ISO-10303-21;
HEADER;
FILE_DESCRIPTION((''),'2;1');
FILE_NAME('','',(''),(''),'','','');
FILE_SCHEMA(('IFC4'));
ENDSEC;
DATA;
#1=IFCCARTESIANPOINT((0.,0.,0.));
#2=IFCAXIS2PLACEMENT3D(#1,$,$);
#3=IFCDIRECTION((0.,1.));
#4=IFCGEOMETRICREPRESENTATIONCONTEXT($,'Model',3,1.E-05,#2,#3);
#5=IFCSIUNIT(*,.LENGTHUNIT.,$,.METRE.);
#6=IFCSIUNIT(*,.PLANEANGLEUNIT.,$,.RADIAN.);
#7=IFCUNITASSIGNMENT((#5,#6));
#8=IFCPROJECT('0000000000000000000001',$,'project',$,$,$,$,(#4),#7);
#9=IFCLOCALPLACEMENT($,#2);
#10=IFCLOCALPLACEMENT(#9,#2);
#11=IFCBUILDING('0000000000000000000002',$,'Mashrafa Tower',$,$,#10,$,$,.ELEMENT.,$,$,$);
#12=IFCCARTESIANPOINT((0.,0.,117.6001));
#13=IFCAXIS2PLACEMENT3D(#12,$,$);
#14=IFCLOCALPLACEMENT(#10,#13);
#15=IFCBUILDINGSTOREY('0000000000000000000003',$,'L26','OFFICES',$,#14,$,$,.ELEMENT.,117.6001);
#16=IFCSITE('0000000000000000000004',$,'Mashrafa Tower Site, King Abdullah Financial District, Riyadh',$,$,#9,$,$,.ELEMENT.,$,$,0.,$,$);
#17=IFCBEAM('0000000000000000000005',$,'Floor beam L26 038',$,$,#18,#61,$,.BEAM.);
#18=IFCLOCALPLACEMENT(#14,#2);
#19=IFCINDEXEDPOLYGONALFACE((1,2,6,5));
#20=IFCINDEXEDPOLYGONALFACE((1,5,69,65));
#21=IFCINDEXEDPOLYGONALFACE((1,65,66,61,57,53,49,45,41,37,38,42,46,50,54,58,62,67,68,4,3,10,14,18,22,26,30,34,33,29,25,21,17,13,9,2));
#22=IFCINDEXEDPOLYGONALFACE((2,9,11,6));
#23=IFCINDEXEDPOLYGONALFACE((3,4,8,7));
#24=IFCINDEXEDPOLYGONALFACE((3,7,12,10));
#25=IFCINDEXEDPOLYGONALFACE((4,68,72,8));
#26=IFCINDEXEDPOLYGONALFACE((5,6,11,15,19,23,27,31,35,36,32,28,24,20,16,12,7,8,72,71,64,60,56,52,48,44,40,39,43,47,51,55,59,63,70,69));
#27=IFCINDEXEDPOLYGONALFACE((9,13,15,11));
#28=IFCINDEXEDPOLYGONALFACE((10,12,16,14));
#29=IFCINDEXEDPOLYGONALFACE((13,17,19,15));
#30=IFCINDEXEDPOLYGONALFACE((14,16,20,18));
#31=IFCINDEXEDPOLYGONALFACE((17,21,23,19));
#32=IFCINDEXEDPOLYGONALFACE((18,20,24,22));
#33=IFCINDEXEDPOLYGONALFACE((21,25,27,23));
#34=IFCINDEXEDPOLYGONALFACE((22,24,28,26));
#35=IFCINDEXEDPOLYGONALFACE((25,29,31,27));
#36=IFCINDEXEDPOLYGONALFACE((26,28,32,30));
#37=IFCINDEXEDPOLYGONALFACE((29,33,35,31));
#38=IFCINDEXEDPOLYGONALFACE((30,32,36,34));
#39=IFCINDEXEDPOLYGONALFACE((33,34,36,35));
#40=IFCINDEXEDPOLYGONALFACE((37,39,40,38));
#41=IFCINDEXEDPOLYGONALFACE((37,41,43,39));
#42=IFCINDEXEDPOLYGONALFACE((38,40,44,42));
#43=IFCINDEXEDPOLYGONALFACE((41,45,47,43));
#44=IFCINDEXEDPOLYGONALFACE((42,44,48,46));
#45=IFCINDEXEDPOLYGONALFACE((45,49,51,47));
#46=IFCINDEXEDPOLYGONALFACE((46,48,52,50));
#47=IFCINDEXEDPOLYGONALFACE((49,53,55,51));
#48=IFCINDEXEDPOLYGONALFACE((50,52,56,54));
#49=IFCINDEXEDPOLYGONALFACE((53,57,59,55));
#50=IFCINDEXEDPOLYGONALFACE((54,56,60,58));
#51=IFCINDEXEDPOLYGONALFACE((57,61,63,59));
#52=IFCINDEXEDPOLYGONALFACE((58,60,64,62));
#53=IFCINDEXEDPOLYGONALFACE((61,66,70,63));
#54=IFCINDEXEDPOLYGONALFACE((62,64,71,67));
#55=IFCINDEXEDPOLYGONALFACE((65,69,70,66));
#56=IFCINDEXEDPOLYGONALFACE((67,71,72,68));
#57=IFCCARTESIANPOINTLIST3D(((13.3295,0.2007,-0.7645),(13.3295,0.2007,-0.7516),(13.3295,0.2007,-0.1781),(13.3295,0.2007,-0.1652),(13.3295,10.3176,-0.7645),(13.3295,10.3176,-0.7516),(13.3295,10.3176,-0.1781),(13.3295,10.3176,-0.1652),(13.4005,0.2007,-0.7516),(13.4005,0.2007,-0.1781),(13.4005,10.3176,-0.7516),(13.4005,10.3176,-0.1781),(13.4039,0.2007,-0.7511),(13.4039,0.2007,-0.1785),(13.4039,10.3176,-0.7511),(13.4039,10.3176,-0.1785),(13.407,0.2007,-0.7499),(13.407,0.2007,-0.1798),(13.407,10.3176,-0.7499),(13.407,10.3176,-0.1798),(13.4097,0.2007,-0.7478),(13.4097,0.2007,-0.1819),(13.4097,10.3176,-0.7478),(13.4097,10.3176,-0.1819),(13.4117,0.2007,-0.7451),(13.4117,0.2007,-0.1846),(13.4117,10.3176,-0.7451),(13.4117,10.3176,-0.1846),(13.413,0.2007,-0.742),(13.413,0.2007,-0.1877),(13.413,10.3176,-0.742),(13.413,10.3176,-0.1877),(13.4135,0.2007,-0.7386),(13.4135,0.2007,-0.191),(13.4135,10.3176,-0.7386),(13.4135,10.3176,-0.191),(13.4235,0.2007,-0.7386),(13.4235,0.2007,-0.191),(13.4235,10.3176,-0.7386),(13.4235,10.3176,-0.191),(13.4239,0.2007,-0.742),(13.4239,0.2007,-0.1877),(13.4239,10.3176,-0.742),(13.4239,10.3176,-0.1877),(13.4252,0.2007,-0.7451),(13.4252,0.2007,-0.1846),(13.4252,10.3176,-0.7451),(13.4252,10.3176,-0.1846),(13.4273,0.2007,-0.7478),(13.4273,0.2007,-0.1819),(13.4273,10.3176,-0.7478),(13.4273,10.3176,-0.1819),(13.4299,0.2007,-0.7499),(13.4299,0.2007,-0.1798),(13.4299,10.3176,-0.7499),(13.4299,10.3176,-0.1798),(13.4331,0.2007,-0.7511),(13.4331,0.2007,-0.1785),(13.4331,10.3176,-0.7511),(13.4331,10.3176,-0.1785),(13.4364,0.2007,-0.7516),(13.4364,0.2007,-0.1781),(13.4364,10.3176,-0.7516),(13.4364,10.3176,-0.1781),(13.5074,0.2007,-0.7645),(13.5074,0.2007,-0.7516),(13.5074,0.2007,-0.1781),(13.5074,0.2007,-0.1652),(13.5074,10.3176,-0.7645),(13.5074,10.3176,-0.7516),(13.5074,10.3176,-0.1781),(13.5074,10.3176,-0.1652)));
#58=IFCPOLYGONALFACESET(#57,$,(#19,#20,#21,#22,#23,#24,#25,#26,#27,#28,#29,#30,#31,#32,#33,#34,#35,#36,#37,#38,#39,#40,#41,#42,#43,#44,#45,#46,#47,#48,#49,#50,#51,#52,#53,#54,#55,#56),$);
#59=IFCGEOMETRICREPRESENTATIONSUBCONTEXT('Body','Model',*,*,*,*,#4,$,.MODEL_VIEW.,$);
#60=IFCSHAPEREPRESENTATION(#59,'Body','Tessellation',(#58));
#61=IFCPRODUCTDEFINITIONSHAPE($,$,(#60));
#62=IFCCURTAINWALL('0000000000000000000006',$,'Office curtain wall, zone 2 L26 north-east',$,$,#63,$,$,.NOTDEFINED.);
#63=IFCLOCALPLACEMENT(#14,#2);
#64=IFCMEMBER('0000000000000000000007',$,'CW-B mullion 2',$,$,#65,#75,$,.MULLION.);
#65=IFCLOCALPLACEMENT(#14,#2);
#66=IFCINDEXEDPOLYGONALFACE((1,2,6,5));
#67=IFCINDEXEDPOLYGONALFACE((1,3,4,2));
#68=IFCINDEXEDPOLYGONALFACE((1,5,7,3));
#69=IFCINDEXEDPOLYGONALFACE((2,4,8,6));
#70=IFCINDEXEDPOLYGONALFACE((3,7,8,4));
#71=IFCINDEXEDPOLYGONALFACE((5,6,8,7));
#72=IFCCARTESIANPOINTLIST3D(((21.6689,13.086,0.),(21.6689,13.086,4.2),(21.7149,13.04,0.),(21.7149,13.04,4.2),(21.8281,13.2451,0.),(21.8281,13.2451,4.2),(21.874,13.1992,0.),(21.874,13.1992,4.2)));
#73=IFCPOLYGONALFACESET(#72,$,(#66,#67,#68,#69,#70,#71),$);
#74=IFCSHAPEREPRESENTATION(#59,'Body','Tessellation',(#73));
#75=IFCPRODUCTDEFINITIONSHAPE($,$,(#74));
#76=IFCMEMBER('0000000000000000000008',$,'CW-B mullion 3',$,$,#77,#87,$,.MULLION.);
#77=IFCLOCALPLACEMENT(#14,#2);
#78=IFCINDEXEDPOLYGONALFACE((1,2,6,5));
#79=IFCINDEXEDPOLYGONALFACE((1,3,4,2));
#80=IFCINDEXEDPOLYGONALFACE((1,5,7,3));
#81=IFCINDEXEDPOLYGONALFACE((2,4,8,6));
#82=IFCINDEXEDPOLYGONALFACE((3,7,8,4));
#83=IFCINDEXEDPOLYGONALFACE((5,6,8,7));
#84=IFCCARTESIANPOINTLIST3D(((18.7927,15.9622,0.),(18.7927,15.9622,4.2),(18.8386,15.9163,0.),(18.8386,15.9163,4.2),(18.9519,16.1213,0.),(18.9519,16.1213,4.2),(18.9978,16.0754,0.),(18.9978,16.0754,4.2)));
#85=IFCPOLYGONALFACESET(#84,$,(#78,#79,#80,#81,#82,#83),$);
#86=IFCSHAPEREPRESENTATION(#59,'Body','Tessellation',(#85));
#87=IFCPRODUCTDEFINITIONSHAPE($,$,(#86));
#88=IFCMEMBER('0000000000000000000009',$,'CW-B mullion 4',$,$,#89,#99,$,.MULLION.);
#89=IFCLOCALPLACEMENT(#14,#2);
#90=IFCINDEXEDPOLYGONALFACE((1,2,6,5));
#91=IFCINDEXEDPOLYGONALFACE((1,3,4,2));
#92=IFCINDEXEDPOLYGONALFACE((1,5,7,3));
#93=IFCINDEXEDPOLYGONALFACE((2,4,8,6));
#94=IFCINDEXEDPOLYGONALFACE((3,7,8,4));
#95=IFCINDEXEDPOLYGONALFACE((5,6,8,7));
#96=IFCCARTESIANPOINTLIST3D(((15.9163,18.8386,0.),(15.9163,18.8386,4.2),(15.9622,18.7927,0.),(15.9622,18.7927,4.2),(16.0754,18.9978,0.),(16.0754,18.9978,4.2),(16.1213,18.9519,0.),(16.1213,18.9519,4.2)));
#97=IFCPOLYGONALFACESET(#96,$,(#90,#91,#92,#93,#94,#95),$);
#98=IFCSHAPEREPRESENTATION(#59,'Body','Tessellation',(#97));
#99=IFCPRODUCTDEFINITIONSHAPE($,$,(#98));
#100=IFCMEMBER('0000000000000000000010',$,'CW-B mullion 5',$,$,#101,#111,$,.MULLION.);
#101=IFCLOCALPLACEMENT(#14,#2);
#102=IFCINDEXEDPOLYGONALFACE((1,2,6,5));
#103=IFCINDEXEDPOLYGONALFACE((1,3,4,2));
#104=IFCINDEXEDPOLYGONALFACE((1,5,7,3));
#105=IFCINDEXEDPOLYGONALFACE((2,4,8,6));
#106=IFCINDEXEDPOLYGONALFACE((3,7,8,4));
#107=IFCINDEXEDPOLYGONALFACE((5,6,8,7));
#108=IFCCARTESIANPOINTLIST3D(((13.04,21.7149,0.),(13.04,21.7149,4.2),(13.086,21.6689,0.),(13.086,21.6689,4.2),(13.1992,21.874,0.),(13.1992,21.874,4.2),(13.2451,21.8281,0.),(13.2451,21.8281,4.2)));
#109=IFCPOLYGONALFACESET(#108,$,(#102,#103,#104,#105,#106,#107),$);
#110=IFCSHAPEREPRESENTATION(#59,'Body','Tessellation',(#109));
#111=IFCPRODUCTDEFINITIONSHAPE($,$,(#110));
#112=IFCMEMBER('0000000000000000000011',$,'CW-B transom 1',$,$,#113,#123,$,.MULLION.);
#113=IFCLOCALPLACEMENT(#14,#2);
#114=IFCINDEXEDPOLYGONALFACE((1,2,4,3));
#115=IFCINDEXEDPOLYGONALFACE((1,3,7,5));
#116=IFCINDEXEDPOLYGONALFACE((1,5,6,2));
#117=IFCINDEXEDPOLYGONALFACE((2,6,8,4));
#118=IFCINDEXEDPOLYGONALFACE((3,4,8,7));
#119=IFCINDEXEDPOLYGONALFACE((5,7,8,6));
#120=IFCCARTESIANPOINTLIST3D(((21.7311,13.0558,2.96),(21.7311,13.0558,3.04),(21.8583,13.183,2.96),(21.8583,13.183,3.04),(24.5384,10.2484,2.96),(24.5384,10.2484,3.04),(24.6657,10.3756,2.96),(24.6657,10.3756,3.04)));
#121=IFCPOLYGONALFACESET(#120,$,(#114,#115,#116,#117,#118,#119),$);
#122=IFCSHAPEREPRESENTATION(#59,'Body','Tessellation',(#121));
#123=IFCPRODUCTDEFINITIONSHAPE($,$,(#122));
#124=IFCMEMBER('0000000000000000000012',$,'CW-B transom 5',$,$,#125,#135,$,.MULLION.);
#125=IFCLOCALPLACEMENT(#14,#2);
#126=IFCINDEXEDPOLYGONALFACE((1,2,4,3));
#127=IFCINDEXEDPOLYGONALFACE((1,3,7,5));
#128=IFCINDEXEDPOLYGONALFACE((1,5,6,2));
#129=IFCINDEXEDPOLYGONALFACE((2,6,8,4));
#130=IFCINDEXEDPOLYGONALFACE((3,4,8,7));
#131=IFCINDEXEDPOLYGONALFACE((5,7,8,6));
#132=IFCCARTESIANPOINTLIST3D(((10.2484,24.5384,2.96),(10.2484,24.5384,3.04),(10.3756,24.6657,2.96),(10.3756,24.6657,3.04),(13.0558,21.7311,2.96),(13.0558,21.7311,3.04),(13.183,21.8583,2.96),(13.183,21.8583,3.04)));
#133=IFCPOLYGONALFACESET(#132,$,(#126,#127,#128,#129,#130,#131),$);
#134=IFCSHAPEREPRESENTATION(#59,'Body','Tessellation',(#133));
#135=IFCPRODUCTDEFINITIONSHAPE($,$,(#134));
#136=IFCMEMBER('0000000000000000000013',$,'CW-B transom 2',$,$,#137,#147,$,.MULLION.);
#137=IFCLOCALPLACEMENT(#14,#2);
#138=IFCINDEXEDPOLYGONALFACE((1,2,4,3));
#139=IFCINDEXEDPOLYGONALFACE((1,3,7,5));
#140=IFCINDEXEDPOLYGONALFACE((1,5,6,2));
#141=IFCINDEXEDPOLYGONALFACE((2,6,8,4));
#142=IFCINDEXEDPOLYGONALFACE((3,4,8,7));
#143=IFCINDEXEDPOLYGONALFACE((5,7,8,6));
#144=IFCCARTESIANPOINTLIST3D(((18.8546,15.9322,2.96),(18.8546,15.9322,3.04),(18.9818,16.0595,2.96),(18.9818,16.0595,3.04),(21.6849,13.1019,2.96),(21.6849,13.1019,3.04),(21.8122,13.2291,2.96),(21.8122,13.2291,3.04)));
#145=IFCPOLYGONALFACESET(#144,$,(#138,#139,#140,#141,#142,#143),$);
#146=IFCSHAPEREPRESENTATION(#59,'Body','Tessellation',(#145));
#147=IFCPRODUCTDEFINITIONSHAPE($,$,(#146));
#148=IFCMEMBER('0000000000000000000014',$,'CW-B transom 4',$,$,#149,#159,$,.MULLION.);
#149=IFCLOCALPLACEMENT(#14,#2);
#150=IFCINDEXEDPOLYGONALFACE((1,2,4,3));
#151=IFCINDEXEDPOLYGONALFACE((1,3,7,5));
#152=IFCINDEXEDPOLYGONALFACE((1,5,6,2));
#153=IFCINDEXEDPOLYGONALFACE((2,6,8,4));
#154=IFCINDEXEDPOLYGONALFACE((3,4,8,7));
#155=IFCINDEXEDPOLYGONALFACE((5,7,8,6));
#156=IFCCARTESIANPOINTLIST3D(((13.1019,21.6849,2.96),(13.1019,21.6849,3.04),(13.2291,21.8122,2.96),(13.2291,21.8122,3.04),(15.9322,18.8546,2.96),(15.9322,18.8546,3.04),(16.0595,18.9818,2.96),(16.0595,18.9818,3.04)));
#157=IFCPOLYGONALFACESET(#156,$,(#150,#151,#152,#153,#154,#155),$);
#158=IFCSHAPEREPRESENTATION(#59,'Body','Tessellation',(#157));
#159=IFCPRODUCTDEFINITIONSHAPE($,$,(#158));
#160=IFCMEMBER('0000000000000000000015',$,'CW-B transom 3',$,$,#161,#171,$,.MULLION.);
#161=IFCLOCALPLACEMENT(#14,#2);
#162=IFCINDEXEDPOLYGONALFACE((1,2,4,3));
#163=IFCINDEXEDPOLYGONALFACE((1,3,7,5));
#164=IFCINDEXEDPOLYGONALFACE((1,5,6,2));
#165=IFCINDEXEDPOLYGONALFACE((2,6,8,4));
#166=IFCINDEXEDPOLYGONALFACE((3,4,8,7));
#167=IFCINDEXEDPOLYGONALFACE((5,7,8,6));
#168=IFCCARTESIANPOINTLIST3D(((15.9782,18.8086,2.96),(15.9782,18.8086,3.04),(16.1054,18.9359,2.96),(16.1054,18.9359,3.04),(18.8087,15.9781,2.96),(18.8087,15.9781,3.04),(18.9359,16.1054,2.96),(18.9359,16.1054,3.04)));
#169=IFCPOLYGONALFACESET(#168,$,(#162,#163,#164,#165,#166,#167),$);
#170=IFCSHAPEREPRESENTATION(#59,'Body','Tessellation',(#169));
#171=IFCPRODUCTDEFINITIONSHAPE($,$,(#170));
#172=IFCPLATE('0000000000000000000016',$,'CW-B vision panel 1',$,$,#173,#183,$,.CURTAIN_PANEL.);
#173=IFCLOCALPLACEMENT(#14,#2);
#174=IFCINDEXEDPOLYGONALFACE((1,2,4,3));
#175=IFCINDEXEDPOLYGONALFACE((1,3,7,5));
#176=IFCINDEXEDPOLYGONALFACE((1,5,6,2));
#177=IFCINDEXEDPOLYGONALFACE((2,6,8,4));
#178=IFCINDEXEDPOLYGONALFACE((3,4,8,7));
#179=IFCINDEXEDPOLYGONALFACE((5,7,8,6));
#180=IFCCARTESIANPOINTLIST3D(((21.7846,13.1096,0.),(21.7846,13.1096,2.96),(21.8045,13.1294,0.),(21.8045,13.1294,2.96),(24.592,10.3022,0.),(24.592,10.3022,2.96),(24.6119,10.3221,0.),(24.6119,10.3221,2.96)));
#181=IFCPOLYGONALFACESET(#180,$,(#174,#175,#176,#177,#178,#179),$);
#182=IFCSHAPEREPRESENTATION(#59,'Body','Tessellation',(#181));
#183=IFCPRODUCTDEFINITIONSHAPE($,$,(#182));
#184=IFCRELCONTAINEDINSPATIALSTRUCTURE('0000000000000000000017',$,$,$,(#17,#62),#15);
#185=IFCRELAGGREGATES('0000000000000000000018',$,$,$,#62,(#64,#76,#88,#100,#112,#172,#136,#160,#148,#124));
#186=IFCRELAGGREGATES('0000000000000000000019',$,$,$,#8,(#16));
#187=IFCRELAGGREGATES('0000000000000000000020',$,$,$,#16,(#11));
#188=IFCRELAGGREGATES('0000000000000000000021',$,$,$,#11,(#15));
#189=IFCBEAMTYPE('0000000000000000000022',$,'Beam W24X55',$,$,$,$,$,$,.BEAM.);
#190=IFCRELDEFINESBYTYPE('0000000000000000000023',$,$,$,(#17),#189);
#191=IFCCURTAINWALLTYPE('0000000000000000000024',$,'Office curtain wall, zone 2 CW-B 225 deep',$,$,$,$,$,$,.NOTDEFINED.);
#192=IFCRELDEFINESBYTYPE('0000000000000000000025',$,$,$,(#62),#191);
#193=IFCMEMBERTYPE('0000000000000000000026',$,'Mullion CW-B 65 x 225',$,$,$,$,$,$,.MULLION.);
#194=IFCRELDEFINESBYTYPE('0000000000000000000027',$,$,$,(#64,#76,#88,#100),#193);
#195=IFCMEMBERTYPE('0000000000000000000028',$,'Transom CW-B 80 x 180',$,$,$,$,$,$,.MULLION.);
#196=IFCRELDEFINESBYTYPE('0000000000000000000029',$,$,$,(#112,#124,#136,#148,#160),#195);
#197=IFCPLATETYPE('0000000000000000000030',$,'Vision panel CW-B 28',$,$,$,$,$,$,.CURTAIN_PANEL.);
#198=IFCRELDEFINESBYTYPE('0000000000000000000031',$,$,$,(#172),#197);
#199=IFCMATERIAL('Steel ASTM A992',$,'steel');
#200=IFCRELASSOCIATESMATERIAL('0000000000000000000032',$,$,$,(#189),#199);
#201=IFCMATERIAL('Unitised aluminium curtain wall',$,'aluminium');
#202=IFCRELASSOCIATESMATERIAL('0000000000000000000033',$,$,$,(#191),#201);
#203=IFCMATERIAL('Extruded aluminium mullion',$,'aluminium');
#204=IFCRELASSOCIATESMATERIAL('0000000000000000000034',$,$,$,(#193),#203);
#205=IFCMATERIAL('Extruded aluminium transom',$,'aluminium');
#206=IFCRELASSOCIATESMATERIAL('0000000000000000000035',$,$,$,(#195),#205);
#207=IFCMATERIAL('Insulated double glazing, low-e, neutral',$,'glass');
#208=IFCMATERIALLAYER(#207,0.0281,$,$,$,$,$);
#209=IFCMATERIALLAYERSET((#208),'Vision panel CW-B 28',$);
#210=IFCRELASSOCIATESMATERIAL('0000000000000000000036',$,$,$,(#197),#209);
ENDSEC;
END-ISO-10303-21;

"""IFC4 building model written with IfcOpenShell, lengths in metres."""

from ifc_helpers import new_model, si_unit, direction, frame, origin, origin_2d, place, context, subcontext, project, spatial, rectangle, i_section, extrude, source, transform, mapped, material, layer, layer_set, material_profile, profile_set, type_object, type_shapes, element, aggregate, save


model = new_model("IFC4")

# Units and contexts
model_context = context("Model", 3, precision=1e-05, world=origin(), true_north=direction((0.0, 1.0)))
body_context = subcontext(model_context, "Body", "Model", "MODEL_VIEW")
ifc_project = project(units=[si_unit("LENGTHUNIT", "METRE"), si_unit("PLANEANGLEUNIT", "RADIAN")], contexts=[model_context])

# Site, building, storey
site_placement = place(None, origin())
site = spatial("IfcSite", under=ifc_project, at=site_placement, Name="Mashrafa Tower Site, King Abdullah Financial District, Riyadh", CompositionType="ELEMENT", RefElevation=0.0)
building_placement = place(site_placement, origin())
building = spatial("IfcBuilding", under=site, at=building_placement, Name="Mashrafa Tower", CompositionType="ELEMENT")
storey_placement = place(building_placement, frame((0.0, 0.0, 117.6001)))
storey = spatial("IfcBuildingStorey", under=building, at=storey_placement, Name="L26", Description="OFFICES", CompositionType="ELEMENT", Elevation=117.6001)

# Beam
ifc_material_1 = material(Name="Steel ASTM A992", Category="steel")
ifc_material_profile_1 = material_profile(ifc_material_1, i_section(OverallWidth=0.178, OverallDepth=0.5994, WebThickness=0.01, FlangeThickness=0.0129, FilletRadius=0.0129, at=origin_2d()), Name="W24X55")
ifc_profile_set_1 = profile_set([ifc_material_profile_1], Name="Steel ASTM A992")
beam_type_1 = type_object("IfcBeamType", Name="Beam W24X55", PredefinedType="BEAM", material=ifc_profile_set_1)
beam_1_placement = place(storey_placement, frame((13.4185, 10.3176, -0.4648), z_axis=(0.0, -1.0, 0.0), x_axis=(1.0, 0.0, 0.0)))
element("IfcBeam", 1, at=beam_1_placement, inside=storey, type_object=beam_type_1, Name="Floor beam L26 038", PredefinedType="BEAM", context=body_context, shape_type="SweptSolid", body=[
    extrude(i_section(OverallWidth=0.178, OverallDepth=0.5994, WebThickness=0.01, FlangeThickness=0.0129, FilletRadius=0.0129, at=origin_2d()), origin(), (0.0, 0.0, 1.0), 10.1169),
])

# Curtain wall, members, plate
ifc_material_2 = material(Name="Unitised aluminium curtain wall", Category="aluminium")
curtain_wall_type = type_object("IfcCurtainWallType", Name="Office curtain wall, zone 2 CW-B 225 deep", PredefinedType="NOTDEFINED", material=ifc_material_2)
curtain_wall_placement = place(storey_placement, origin())
curtain_wall = element("IfcCurtainWall", 2, at=curtain_wall_placement, inside=storey, type_object=curtain_wall_type, Name="Office curtain wall, zone 2 L26 north-east", PredefinedType="NOTDEFINED")
ifc_material_3 = material(Name="Extruded aluminium mullion", Category="aluminium")
ifc_material_profile_2 = material_profile(ifc_material_3, rectangle(XDim=0.2251, YDim=0.0649, at=origin_2d()), Name="Mullion 65x225")
ifc_profile_set_2 = profile_set([ifc_material_profile_2], Name="Extruded aluminium mullion")
member_type_1 = type_object("IfcMemberType", Name="Mullion CW-B 65 x 225", PredefinedType="MULLION", material=ifc_profile_set_2)
shared_shape_1 = source(origin(), body_context, "Body", "SweptSolid", [
    extrude(rectangle(XDim=0.2251, YDim=0.0649, at=origin_2d()), origin(), (0.0, 0.0, 1.0), 4.2),
])
type_shapes(member_type_1, [shared_shape_1])
member_1_placement = place(storey_placement, frame((21.7715, 13.1426, 0.0), z_axis=(0.0, 0.0, 1.0), x_axis=(-0.707107, -0.707107, 0.0)))
member_1 = element("IfcMember", 3, at=member_1_placement, type_object=member_type_1, Name="CW-B mullion 2", PredefinedType="MULLION", context=body_context, shape_type="MappedRepresentation", body=[
    mapped(shared_shape_1, transform((0.0, 0.0, 0.0))),
])
member_2_placement = place(storey_placement, frame((18.8953, 16.0188, 0.0), z_axis=(0.0, 0.0, 1.0), x_axis=(-0.707107, -0.707107, 0.0)))
member_2 = element("IfcMember", 4, at=member_2_placement, type_object=member_type_1, Name="CW-B mullion 3", PredefinedType="MULLION", context=body_context, shape_type="MappedRepresentation", body=[
    mapped(shared_shape_1, transform((0.0, 0.0, 0.0))),
])
member_3_placement = place(storey_placement, frame((16.0188, 18.8953, 0.0), z_axis=(0.0, 0.0, 1.0), x_axis=(-0.707107, -0.707107, 0.0)))
member_3 = element("IfcMember", 5, at=member_3_placement, type_object=member_type_1, Name="CW-B mullion 4", PredefinedType="MULLION", context=body_context, shape_type="MappedRepresentation", body=[
    mapped(shared_shape_1, transform((0.0, 0.0, 0.0))),
])
member_4_placement = place(storey_placement, frame((13.1426, 21.7715, 0.0), z_axis=(0.0, 0.0, 1.0), x_axis=(-0.707107, -0.707107, 0.0)))
member_4 = element("IfcMember", 6, at=member_4_placement, type_object=member_type_1, Name="CW-B mullion 5", PredefinedType="MULLION", context=body_context, shape_type="MappedRepresentation", body=[
    mapped(shared_shape_1, transform((0.0, 0.0, 0.0))),
])
ifc_material_4 = material(Name="Extruded aluminium transom", Category="aluminium")
ifc_material_profile_3 = material_profile(ifc_material_4, rectangle(XDim=0.1799, YDim=0.0801, at=origin_2d()), Name="Transom 80x180")
ifc_profile_set_3 = profile_set([ifc_material_profile_3], Name="Extruded aluminium transom")
member_type_2 = type_object("IfcMemberType", Name="Transom CW-B 80 x 180", PredefinedType="MULLION", material=ifc_profile_set_3)
shared_shape_2 = source(origin(), body_context, "Body", "SweptSolid", [
    extrude(rectangle(XDim=0.1799, YDim=0.0801, at=origin_2d()), origin(), (0.0, 0.0, 1.0), 3.9702),
])
member_5_placement = place(storey_placement, frame((24.6021, 10.312, 3.0), z_axis=(-0.707107, 0.707107, 0.0), x_axis=(-0.707107, -0.707107, 0.0)))
member_5 = element("IfcMember", 7, at=member_5_placement, type_object=member_type_2, Name="CW-B transom 1", PredefinedType="MULLION", context=body_context, shape_type="MappedRepresentation", body=[
    mapped(shared_shape_2, transform((0.0, 0.0, 0.0))),
])
member_6_placement = place(storey_placement, frame((13.1194, 21.7947, 3.0), z_axis=(-0.707107, 0.707107, 0.0), x_axis=(-0.707107, -0.707107, 0.0)))
member_6 = element("IfcMember", 8, at=member_6_placement, type_object=member_type_2, Name="CW-B transom 5", PredefinedType="MULLION", context=body_context, shape_type="MappedRepresentation", body=[
    mapped(shared_shape_2, transform((0.0, 0.0, 0.0))),
])
shared_shape_3 = source(origin(), body_context, "Body", "SweptSolid", [
    extrude(rectangle(XDim=0.1799, YDim=0.0801, at=origin_2d()), origin(), (0.0, 0.0, 1.0), 4.0027),
])
member_7_placement = place(storey_placement, frame((21.7485, 13.1655, 3.0), z_axis=(-0.707107, 0.707107, 0.0), x_axis=(-0.707107, -0.707107, 0.0)))
member_7 = element("IfcMember", 9, at=member_7_placement, type_object=member_type_2, Name="CW-B transom 2", PredefinedType="MULLION", context=body_context, shape_type="MappedRepresentation", body=[
    mapped(shared_shape_3, transform((0.0, 0.0, 0.0))),
])
member_8_placement = place(storey_placement, frame((15.9958, 18.9182, 3.0), z_axis=(-0.707107, 0.707107, 0.0), x_axis=(-0.707107, -0.707107, 0.0)))
member_8 = element("IfcMember", 10, at=member_8_placement, type_object=member_type_2, Name="CW-B transom 4", PredefinedType="MULLION", context=body_context, shape_type="MappedRepresentation", body=[
    mapped(shared_shape_3, transform((0.0, 0.0, 0.0))),
])
shared_shape_4 = source(origin(), body_context, "Body", "SweptSolid", [
    extrude(rectangle(XDim=0.1799, YDim=0.0801, at=origin_2d()), origin(), (0.0, 0.0, 1.0), 4.0029),
])
type_shapes(member_type_2, [shared_shape_2, shared_shape_3, shared_shape_4])
member_9_placement = place(storey_placement, frame((18.8723, 16.0417, 3.0), z_axis=(-0.707107, 0.707107, 0.0), x_axis=(-0.707107, -0.707107, 0.0)))
member_9 = element("IfcMember", 11, at=member_9_placement, type_object=member_type_2, Name="CW-B transom 3", PredefinedType="MULLION", context=body_context, shape_type="MappedRepresentation", body=[
    mapped(shared_shape_4, transform((0.0, 0.0, 0.0))),
])
ifc_material_5 = material(Name="Insulated double glazing, low-e, neutral", Category="glass")
ifc_layer_1 = layer(ifc_material_5, 0.0281)
ifc_layer_set_1 = layer_set([ifc_layer_1], Name="Vision panel CW-B 28")
plate_type_1 = type_object("IfcPlateType", Name="Vision panel CW-B 28", PredefinedType="CURTAIN_PANEL", material=ifc_layer_set_1)
shared_shape_5 = source(origin(), body_context, "Body", "SweptSolid", [
    extrude(rectangle(XDim=3.9702, YDim=0.0281, at=origin_2d()), origin(), (0.0, 0.0, 1.0), 2.96),
])
plate_1_placement = place(storey_placement, frame((23.1982, 11.7158, 0.0), z_axis=(0.0, 0.0, 1.0), x_axis=(-0.707107, 0.707107, 0.0)))
plate_1 = element("IfcPlate", 12, at=plate_1_placement, type_object=plate_type_1, Name="CW-B vision panel 1", PredefinedType="CURTAIN_PANEL", context=body_context, shape_type="MappedRepresentation", body=[
    mapped(shared_shape_5, transform((0.0, 0.0, 0.0))),
])
aggregate(curtain_wall, [member_1, member_2, member_3, member_4, member_5, plate_1, member_7, member_9, member_8, member_6])

save(model, "model.ifc")
